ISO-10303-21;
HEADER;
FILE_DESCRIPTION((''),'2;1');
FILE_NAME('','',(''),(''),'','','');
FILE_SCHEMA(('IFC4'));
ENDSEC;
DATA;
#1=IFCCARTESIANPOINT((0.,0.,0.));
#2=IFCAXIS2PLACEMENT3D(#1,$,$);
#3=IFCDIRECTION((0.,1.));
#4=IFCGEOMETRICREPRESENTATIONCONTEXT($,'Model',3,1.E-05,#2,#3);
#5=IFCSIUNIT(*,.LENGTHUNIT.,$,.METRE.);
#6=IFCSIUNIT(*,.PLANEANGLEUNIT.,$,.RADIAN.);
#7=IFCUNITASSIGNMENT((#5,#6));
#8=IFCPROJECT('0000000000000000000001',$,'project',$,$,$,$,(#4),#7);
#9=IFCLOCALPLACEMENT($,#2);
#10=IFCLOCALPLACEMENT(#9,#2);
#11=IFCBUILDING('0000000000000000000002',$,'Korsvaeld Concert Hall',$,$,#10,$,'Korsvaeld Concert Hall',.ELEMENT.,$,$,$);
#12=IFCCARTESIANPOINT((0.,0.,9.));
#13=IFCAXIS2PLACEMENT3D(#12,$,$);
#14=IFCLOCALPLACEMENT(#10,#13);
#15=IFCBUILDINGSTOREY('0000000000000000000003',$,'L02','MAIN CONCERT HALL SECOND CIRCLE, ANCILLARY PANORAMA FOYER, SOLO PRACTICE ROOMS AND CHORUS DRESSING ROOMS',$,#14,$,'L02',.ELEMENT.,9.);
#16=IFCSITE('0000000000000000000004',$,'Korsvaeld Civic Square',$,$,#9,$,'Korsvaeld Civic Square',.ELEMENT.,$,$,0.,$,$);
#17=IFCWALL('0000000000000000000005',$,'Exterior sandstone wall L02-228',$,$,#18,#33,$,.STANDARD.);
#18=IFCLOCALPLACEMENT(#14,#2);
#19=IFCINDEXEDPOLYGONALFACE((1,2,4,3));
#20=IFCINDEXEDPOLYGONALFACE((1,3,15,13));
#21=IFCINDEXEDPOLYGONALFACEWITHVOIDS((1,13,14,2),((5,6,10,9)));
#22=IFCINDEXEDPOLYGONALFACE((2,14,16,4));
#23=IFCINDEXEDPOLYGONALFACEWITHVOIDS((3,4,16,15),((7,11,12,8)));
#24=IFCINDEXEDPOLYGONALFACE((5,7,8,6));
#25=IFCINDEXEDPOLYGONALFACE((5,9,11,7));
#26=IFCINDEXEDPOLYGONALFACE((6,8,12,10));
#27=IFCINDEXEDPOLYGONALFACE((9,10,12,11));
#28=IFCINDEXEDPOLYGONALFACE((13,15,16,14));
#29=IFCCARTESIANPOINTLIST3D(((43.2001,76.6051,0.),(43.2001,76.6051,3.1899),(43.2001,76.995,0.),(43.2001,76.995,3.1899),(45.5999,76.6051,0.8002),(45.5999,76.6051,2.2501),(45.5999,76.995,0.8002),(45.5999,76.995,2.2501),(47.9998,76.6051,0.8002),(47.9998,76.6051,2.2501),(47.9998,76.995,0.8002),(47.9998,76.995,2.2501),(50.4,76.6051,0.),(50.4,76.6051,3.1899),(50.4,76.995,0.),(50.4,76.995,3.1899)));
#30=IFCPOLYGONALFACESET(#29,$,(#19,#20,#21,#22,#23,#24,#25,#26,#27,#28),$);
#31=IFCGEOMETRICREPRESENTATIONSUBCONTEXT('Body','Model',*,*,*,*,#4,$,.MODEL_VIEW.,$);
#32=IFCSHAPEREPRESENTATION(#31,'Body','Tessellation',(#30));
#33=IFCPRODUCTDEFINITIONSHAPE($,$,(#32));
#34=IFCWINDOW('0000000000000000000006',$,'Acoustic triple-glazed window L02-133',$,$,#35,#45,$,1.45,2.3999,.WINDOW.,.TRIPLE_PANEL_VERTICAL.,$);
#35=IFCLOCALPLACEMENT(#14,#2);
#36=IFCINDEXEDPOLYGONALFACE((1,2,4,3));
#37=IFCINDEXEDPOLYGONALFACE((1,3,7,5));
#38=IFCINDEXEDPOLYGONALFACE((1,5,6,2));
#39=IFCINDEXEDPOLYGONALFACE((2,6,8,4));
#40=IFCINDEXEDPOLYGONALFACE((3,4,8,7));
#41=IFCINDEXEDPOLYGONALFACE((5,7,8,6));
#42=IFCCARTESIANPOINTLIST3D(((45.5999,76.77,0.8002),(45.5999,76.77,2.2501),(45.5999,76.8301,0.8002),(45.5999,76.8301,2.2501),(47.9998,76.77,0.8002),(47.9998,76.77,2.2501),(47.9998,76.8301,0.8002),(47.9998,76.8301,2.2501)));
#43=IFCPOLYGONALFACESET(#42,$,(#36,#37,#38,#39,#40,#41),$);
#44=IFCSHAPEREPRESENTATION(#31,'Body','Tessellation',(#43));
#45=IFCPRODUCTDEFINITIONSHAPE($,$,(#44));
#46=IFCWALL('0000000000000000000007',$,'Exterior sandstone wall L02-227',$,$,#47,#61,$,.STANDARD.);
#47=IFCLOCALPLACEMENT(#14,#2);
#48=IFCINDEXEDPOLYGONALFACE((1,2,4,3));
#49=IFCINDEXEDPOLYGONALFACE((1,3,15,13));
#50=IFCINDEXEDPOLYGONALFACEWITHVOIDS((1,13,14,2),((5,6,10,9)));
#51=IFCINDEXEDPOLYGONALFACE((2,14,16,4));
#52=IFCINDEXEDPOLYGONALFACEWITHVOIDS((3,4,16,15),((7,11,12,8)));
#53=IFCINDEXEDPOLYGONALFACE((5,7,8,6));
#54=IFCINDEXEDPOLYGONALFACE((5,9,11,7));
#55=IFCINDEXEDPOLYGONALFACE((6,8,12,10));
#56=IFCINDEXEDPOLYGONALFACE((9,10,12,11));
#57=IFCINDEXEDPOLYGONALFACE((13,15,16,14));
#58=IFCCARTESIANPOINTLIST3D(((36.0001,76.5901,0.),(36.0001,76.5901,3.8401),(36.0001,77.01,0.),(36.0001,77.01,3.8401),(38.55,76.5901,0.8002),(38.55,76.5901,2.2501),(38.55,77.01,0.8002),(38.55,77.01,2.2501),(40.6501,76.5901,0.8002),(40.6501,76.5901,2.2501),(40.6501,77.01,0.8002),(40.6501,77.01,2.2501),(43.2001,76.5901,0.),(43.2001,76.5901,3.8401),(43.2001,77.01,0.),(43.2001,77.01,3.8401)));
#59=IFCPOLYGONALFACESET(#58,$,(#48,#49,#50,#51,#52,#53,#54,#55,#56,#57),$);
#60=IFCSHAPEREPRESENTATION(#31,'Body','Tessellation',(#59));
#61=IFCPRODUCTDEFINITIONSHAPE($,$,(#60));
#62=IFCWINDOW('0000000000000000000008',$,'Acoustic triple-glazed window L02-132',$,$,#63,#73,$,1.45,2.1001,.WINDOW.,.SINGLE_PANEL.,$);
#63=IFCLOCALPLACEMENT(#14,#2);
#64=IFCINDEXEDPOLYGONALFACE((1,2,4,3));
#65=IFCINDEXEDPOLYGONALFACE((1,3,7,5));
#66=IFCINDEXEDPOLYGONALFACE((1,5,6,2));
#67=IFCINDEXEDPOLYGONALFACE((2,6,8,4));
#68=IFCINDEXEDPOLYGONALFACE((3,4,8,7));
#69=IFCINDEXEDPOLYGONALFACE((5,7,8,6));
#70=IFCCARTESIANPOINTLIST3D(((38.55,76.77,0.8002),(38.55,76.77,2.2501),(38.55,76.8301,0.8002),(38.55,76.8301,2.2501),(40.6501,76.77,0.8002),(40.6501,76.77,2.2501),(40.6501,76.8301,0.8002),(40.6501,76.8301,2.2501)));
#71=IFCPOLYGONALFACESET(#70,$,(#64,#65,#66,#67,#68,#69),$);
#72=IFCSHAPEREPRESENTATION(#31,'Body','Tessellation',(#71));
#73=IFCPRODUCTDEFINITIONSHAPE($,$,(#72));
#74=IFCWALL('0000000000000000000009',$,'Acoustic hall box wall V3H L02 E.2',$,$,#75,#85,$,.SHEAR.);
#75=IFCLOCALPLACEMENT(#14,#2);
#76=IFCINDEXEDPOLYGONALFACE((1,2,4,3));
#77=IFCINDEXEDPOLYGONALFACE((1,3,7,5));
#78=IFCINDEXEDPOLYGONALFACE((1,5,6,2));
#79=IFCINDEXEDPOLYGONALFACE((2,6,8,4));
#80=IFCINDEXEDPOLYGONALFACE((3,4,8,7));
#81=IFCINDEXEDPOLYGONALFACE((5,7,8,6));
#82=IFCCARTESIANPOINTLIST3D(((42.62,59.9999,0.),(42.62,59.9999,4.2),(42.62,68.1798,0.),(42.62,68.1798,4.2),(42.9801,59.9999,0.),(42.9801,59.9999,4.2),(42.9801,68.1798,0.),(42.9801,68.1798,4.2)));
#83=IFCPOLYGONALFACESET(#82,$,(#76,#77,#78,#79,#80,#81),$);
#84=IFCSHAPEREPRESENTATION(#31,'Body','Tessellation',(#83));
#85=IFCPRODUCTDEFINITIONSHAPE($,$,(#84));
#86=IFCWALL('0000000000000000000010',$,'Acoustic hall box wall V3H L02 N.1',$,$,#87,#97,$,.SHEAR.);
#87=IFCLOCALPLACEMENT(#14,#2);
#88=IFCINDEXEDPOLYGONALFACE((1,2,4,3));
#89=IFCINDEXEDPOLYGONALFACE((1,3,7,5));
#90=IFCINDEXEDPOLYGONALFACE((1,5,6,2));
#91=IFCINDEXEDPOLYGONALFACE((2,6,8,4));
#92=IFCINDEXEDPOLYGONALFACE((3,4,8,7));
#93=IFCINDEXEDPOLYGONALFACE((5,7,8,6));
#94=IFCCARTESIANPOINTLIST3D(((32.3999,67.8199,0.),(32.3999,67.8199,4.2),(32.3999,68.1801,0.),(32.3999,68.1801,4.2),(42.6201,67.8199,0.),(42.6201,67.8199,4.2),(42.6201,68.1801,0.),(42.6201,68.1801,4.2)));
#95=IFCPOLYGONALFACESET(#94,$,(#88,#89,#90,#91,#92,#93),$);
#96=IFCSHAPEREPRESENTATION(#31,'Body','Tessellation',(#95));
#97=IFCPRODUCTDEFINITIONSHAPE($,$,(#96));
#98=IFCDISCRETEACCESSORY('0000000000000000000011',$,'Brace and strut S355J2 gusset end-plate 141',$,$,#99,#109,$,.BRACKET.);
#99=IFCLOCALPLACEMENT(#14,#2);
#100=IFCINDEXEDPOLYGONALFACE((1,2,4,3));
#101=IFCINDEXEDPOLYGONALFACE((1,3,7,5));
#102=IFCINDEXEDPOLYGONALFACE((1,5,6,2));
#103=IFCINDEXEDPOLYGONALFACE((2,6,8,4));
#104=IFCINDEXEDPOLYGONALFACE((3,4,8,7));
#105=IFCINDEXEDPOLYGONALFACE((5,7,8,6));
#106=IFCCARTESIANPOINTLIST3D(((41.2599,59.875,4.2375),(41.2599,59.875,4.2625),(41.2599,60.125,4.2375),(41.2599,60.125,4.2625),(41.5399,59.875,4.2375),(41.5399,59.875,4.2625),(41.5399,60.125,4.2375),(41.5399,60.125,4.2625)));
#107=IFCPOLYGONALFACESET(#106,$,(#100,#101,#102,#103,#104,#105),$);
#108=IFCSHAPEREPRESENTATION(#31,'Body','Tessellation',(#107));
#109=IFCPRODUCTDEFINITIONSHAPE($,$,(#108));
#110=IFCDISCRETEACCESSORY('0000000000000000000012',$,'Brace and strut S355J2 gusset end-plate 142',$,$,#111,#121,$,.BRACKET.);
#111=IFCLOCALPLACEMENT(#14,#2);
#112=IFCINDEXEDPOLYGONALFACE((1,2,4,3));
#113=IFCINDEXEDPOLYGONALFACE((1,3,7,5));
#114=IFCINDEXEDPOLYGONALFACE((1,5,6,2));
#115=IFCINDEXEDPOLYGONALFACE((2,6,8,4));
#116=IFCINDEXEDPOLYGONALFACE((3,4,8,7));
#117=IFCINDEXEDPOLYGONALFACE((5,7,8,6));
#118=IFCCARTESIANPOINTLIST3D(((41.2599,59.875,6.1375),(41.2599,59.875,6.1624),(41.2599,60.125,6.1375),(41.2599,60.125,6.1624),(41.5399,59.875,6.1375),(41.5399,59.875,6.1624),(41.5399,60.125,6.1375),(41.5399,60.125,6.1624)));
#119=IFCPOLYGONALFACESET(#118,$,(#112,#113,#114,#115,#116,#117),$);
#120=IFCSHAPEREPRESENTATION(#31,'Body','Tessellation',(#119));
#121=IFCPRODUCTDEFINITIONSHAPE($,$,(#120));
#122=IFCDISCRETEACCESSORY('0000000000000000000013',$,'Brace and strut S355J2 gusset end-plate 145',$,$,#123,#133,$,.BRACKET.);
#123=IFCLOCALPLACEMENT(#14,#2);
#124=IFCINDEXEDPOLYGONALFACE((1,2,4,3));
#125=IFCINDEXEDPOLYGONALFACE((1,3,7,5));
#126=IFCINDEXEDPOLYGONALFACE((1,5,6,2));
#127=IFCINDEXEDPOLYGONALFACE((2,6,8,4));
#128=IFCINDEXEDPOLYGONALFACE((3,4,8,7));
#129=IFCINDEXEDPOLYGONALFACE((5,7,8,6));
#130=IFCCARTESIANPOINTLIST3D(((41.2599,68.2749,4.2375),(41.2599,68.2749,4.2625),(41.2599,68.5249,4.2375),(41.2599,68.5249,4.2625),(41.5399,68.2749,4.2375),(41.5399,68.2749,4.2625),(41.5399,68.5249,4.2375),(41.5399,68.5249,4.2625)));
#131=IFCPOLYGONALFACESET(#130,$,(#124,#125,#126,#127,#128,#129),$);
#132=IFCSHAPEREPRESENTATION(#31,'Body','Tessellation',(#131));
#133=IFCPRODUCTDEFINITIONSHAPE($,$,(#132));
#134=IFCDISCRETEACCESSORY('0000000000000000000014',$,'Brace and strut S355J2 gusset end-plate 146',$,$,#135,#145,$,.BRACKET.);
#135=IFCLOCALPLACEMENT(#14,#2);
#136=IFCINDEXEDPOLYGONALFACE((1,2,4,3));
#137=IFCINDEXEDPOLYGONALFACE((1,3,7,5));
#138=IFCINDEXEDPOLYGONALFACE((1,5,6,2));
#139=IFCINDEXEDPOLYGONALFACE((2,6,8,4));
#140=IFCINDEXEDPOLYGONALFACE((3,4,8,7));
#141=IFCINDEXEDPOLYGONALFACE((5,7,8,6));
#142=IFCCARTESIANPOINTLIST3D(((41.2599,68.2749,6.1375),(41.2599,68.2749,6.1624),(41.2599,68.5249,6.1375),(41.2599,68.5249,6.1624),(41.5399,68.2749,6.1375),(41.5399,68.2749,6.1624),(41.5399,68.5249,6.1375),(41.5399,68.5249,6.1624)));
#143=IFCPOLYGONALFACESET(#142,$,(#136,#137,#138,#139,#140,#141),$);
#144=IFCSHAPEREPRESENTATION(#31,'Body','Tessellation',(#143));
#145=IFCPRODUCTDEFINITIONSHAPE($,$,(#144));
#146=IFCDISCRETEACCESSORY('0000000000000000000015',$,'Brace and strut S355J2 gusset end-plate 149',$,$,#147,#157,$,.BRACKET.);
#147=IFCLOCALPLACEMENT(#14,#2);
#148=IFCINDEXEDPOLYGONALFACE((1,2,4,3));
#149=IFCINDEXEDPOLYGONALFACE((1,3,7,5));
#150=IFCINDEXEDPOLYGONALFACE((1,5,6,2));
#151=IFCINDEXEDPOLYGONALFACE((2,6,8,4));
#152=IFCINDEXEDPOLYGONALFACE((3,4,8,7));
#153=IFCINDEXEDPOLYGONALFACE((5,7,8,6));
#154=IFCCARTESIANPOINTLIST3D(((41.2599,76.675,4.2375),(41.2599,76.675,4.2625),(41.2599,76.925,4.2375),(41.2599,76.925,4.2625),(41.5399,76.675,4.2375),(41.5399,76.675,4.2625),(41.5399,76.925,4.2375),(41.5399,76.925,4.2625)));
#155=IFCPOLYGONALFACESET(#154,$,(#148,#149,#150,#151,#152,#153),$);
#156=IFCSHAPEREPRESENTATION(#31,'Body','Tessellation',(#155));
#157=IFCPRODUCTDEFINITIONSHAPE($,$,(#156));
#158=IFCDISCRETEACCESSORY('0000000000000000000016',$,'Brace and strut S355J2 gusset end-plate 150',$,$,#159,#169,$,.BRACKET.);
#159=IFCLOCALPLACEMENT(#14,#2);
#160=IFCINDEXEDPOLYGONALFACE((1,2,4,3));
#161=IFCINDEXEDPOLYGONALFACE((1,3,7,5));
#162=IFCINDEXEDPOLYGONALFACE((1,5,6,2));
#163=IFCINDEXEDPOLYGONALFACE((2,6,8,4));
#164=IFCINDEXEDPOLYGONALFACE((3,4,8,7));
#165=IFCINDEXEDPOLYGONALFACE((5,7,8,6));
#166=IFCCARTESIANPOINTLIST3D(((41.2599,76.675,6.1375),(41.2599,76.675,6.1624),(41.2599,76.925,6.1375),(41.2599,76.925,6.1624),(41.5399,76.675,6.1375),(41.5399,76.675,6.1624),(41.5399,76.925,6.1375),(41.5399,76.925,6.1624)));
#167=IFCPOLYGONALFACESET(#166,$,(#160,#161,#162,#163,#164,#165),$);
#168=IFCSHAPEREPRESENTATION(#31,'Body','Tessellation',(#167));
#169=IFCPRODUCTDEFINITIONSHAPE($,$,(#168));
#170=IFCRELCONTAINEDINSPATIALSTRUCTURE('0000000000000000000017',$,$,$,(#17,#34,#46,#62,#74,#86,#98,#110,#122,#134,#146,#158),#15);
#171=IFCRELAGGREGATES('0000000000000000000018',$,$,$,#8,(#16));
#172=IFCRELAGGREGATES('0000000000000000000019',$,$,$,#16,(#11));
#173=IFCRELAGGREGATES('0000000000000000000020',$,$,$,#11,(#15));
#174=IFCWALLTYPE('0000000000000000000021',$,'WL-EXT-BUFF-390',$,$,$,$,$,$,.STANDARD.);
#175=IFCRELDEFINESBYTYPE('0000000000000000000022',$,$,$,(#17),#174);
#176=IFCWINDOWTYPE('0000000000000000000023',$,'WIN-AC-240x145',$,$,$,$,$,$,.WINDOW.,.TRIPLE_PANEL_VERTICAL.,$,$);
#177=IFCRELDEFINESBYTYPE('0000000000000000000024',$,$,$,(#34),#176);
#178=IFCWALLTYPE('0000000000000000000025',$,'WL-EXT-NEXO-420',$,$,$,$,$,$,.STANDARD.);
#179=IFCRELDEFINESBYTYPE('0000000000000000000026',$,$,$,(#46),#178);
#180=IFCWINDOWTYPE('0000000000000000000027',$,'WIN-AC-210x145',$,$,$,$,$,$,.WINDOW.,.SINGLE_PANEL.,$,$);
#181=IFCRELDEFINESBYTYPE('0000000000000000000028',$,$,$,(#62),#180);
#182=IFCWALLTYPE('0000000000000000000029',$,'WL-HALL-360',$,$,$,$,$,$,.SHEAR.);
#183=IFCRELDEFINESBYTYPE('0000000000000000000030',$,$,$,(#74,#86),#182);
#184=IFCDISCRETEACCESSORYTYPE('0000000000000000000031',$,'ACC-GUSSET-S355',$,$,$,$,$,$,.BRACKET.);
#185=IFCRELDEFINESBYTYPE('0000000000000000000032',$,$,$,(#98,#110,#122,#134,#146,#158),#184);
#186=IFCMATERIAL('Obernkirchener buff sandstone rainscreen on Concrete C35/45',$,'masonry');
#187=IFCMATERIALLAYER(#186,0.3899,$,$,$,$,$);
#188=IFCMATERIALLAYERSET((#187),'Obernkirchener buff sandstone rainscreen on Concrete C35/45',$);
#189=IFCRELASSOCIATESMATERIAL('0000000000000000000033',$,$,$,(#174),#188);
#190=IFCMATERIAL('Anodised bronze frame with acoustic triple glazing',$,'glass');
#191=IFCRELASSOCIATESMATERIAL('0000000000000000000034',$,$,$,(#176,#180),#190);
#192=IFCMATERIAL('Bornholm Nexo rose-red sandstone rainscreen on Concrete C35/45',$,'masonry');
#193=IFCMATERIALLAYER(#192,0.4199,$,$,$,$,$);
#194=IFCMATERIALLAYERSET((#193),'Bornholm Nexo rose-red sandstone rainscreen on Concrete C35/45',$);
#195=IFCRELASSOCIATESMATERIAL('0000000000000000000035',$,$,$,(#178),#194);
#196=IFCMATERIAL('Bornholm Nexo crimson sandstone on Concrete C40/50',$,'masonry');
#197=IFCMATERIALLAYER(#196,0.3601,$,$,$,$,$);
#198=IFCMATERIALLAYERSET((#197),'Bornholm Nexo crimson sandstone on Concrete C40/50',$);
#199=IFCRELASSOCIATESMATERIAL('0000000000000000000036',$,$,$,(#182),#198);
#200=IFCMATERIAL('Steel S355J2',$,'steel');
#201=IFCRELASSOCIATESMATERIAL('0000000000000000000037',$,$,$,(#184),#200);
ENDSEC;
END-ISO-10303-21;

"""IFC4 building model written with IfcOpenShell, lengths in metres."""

from ifc_helpers import new_model, si_unit, direction, frame, frame_2d, origin, origin_2d, place, context, subcontext, project, spatial, rectangle, extrude, material, layer, layer_set, type_object, element, fill, save


model = new_model("IFC4")

# Units and contexts
model_context = context("Model", 3, precision=1e-05, world=origin(), true_north=direction((0.0, 1.0)))
body_context = subcontext(model_context, "Body", "Model", "MODEL_VIEW")
ifc_project = project(units=[si_unit("LENGTHUNIT", "METRE"), si_unit("PLANEANGLEUNIT", "RADIAN")], contexts=[model_context])

# Site, building, storey
site_placement = place(None, origin())
site = spatial("IfcSite", under=ifc_project, at=site_placement, Name="Korsvaeld Civic Square", LongName="Korsvaeld Civic Square", CompositionType="ELEMENT", RefElevation=0.0)
building_placement = place(site_placement, origin())
building = spatial("IfcBuilding", under=site, at=building_placement, Name="Korsvaeld Concert Hall", LongName="Korsvaeld Concert Hall", CompositionType="ELEMENT")
storey_placement = place(building_placement, frame((0.0, 0.0, 9.0)))
storey = spatial("IfcBuildingStorey", under=building, at=storey_placement, Name="L02", Description="MAIN CONCERT HALL SECOND CIRCLE, ANCILLARY PANORAMA FOYER, SOLO PRACTICE ROOMS AND CHORUS DRESSING ROOMS", LongName="L02", CompositionType="ELEMENT", Elevation=9.0)

# Shared definitions
ifc_material_1 = material(Name="Steel S355J2", Category="steel")

# Walls, openings, windows
ifc_material_2 = material(Name="Obernkirchener buff sandstone rainscreen on Concrete C35/45", Category="masonry")
ifc_layer_1 = layer(ifc_material_2, 0.3899)
ifc_layer_set_1 = layer_set([ifc_layer_1], Name="Obernkirchener buff sandstone rainscreen on Concrete C35/45")
wall_type_1 = type_object("IfcWallType", Name="WL-EXT-BUFF-390", PredefinedType="STANDARD", material=ifc_layer_set_1)
wall_1_placement = place(storey_placement, frame((43.2, 76.8, 0.0), z_axis=(0.0, 0.0, 1.0), x_axis=(1.0, 0.0, 0.0)))
wall_1 = element("IfcWall", 1, at=wall_1_placement, inside=storey, type_object=wall_type_1, Name="Exterior sandstone wall L02-228", PredefinedType="STANDARD", context=body_context, shape_type="SweptSolid", body=[
    extrude(rectangle(XDim=7.2, YDim=0.3899, at=frame_2d((3.6001, 0.0))), origin(), (0.0, 0.0, 1.0), 3.1899),
])
opening_1_placement = place(wall_1_placement, frame((2.3999, 0.0, 0.8)))
opening_1 = element("IfcOpeningElement", 2, at=opening_1_placement, cuts=wall_1, PredefinedType="OPENING", context=body_context, shape_type="SweptSolid", body=[
    extrude(rectangle(XDim=2.3999, YDim=1.45, at=frame_2d((1.2, 0.7251))), frame((0.0, 0.2051, 0.0), z_axis=(0.0, -1.0, 0.0), x_axis=(1.0, 0.0, 0.0)), (0.0, 0.0, 1.0), 0.4099),
])
ifc_material_3 = material(Name="Anodised bronze frame with acoustic triple glazing", Category="glass")
window_type_1 = type_object("IfcWindowType", Name="WIN-AC-240x145", PartitioningType="TRIPLE_PANEL_VERTICAL", PredefinedType="WINDOW", material=ifc_material_3)
window_1_placement = place(opening_1_placement, origin())
window_1 = element("IfcWindow", 3, at=window_1_placement, inside=storey, type_object=window_type_1, Name="Acoustic triple-glazed window L02-133", OverallHeight=1.45, OverallWidth=2.3999, PartitioningType="TRIPLE_PANEL_VERTICAL", PredefinedType="WINDOW", context=body_context, shape_type="SweptSolid", body=[
    extrude(rectangle(XDim=2.3999, YDim=1.45, at=frame_2d((1.2, 0.7251))), frame((0.0, 0.03, 0.0), z_axis=(0.0, -1.0, 0.0), x_axis=(1.0, 0.0, 0.0)), (0.0, 0.0, 1.0), 0.0601),
])
fill(opening_1, window_1)
ifc_material_4 = material(Name="Bornholm Nexo rose-red sandstone rainscreen on Concrete C35/45", Category="masonry")
ifc_layer_2 = layer(ifc_material_4, 0.4199)
ifc_layer_set_2 = layer_set([ifc_layer_2], Name="Bornholm Nexo rose-red sandstone rainscreen on Concrete C35/45")
wall_type_2 = type_object("IfcWallType", Name="WL-EXT-NEXO-420", PredefinedType="STANDARD", material=ifc_layer_set_2)
wall_2_placement = place(storey_placement, frame((36.0, 76.8, 0.0), z_axis=(0.0, 0.0, 1.0), x_axis=(1.0, 0.0, 0.0)))
wall_2 = element("IfcWall", 4, at=wall_2_placement, inside=storey, type_object=wall_type_2, Name="Exterior sandstone wall L02-227", PredefinedType="STANDARD", context=body_context, shape_type="SweptSolid", body=[
    extrude(rectangle(XDim=7.2, YDim=0.4199, at=frame_2d((3.6001, 0.0))), origin(), (0.0, 0.0, 1.0), 3.8401),
])
opening_2_placement = place(wall_2_placement, frame((2.55, 0.0, 0.8)))
opening_2 = element("IfcOpeningElement", 5, at=opening_2_placement, cuts=wall_2, PredefinedType="OPENING", context=body_context, shape_type="SweptSolid", body=[
    extrude(rectangle(XDim=2.1001, YDim=1.45, at=frame_2d((1.05, 0.7251))), frame((0.0, 0.22, 0.0), z_axis=(0.0, -1.0, 0.0), x_axis=(1.0, 0.0, 0.0)), (0.0, 0.0, 1.0), 0.4399),
])
window_type_2 = type_object("IfcWindowType", Name="WIN-AC-210x145", PartitioningType="SINGLE_PANEL", PredefinedType="WINDOW", material=ifc_material_3)
window_2_placement = place(opening_2_placement, origin())
window_2 = element("IfcWindow", 6, at=window_2_placement, inside=storey, type_object=window_type_2, Name="Acoustic triple-glazed window L02-132", OverallHeight=1.45, OverallWidth=2.1001, PartitioningType="SINGLE_PANEL", PredefinedType="WINDOW", context=body_context, shape_type="SweptSolid", body=[
    extrude(rectangle(XDim=2.1001, YDim=1.45, at=frame_2d((1.05, 0.7251))), frame((0.0, 0.03, 0.0), z_axis=(0.0, -1.0, 0.0), x_axis=(1.0, 0.0, 0.0)), (0.0, 0.0, 1.0), 0.0601),
])
fill(opening_2, window_2)

# Walls
ifc_material_5 = material(Name="Bornholm Nexo crimson sandstone on Concrete C40/50", Category="masonry")
ifc_layer_3 = layer(ifc_material_5, 0.3601)
ifc_layer_set_3 = layer_set([ifc_layer_3], Name="Bornholm Nexo crimson sandstone on Concrete C40/50")
wall_type_3 = type_object("IfcWallType", Name="WL-HALL-360", PredefinedType="SHEAR", material=ifc_layer_set_3)
wall_3_placement = place(storey_placement, frame((42.8, 60.0, 0.0), z_axis=(0.0, 0.0, 1.0), x_axis=(0.0, 1.0, 0.0)))
element("IfcWall", 7, at=wall_3_placement, inside=storey, type_object=wall_type_3, Name="Acoustic hall box wall V3H L02 E.2", PredefinedType="SHEAR", context=body_context, shape_type="SweptSolid", body=[
    extrude(rectangle(XDim=8.1799, YDim=0.3601, at=frame_2d((4.0898, 0.0))), origin(), (0.0, 0.0, 1.0), 4.2),
])
wall_4_placement = place(storey_placement, frame((42.6201, 68.0, 0.0), z_axis=(0.0, 0.0, 1.0), x_axis=(-1.0, 0.0, 0.0)))
element("IfcWall", 8, at=wall_4_placement, inside=storey, type_object=wall_type_3, Name="Acoustic hall box wall V3H L02 N.1", PredefinedType="SHEAR", context=body_context, shape_type="SweptSolid", body=[
    extrude(rectangle(XDim=10.2202, YDim=0.3601, at=frame_2d((5.1101, 0.0))), origin(), (0.0, 0.0, 1.0), 4.2),
])

# Discrete accessories
discrete_accessory_type = type_object("IfcDiscreteAccessoryType", Name="ACC-GUSSET-S355", PredefinedType="BRACKET", material=ifc_material_1)
for number, where, z_axis, x_axis, name in (
    (9, (41.3999, 60.0, 4.2375), (0.0, 0.0, 1.0), (1.0, 0.0, 0.0), "Brace and strut S355J2 gusset end-plate 141"),
    (10, (41.3999, 60.0, 6.1375), (0.0, 0.0, 1.0), (1.0, 0.0, 0.0), "Brace and strut S355J2 gusset end-plate 142"),
    (11, (41.3999, 68.3999, 4.2375), (0.0, 0.0, 1.0), (1.0, 0.0, 0.0), "Brace and strut S355J2 gusset end-plate 145"),
    (12, (41.3999, 68.3999, 6.1375), (0.0, 0.0, 1.0), (1.0, 0.0, 0.0), "Brace and strut S355J2 gusset end-plate 146"),
    (13, (41.3999, 76.8, 4.2375), (0.0, 0.0, 1.0), (1.0, 0.0, 0.0), "Brace and strut S355J2 gusset end-plate 149"),
    (14, (41.3999, 76.8, 6.1375), (0.0, 0.0, 1.0), (1.0, 0.0, 0.0), "Brace and strut S355J2 gusset end-plate 150"),
):
    element("IfcDiscreteAccessory", number, at=place(storey_placement, frame(where, z_axis=z_axis, x_axis=x_axis)), inside=storey, type_object=discrete_accessory_type, Name=name, PredefinedType="BRACKET", context=body_context, shape_type="SweptSolid", body=[
        extrude(rectangle(XDim=0.28, YDim=0.25, at=origin_2d()), origin(), (0.0, 0.0, 1.0), 0.0249),
    ])

save(model, "model.ifc")
